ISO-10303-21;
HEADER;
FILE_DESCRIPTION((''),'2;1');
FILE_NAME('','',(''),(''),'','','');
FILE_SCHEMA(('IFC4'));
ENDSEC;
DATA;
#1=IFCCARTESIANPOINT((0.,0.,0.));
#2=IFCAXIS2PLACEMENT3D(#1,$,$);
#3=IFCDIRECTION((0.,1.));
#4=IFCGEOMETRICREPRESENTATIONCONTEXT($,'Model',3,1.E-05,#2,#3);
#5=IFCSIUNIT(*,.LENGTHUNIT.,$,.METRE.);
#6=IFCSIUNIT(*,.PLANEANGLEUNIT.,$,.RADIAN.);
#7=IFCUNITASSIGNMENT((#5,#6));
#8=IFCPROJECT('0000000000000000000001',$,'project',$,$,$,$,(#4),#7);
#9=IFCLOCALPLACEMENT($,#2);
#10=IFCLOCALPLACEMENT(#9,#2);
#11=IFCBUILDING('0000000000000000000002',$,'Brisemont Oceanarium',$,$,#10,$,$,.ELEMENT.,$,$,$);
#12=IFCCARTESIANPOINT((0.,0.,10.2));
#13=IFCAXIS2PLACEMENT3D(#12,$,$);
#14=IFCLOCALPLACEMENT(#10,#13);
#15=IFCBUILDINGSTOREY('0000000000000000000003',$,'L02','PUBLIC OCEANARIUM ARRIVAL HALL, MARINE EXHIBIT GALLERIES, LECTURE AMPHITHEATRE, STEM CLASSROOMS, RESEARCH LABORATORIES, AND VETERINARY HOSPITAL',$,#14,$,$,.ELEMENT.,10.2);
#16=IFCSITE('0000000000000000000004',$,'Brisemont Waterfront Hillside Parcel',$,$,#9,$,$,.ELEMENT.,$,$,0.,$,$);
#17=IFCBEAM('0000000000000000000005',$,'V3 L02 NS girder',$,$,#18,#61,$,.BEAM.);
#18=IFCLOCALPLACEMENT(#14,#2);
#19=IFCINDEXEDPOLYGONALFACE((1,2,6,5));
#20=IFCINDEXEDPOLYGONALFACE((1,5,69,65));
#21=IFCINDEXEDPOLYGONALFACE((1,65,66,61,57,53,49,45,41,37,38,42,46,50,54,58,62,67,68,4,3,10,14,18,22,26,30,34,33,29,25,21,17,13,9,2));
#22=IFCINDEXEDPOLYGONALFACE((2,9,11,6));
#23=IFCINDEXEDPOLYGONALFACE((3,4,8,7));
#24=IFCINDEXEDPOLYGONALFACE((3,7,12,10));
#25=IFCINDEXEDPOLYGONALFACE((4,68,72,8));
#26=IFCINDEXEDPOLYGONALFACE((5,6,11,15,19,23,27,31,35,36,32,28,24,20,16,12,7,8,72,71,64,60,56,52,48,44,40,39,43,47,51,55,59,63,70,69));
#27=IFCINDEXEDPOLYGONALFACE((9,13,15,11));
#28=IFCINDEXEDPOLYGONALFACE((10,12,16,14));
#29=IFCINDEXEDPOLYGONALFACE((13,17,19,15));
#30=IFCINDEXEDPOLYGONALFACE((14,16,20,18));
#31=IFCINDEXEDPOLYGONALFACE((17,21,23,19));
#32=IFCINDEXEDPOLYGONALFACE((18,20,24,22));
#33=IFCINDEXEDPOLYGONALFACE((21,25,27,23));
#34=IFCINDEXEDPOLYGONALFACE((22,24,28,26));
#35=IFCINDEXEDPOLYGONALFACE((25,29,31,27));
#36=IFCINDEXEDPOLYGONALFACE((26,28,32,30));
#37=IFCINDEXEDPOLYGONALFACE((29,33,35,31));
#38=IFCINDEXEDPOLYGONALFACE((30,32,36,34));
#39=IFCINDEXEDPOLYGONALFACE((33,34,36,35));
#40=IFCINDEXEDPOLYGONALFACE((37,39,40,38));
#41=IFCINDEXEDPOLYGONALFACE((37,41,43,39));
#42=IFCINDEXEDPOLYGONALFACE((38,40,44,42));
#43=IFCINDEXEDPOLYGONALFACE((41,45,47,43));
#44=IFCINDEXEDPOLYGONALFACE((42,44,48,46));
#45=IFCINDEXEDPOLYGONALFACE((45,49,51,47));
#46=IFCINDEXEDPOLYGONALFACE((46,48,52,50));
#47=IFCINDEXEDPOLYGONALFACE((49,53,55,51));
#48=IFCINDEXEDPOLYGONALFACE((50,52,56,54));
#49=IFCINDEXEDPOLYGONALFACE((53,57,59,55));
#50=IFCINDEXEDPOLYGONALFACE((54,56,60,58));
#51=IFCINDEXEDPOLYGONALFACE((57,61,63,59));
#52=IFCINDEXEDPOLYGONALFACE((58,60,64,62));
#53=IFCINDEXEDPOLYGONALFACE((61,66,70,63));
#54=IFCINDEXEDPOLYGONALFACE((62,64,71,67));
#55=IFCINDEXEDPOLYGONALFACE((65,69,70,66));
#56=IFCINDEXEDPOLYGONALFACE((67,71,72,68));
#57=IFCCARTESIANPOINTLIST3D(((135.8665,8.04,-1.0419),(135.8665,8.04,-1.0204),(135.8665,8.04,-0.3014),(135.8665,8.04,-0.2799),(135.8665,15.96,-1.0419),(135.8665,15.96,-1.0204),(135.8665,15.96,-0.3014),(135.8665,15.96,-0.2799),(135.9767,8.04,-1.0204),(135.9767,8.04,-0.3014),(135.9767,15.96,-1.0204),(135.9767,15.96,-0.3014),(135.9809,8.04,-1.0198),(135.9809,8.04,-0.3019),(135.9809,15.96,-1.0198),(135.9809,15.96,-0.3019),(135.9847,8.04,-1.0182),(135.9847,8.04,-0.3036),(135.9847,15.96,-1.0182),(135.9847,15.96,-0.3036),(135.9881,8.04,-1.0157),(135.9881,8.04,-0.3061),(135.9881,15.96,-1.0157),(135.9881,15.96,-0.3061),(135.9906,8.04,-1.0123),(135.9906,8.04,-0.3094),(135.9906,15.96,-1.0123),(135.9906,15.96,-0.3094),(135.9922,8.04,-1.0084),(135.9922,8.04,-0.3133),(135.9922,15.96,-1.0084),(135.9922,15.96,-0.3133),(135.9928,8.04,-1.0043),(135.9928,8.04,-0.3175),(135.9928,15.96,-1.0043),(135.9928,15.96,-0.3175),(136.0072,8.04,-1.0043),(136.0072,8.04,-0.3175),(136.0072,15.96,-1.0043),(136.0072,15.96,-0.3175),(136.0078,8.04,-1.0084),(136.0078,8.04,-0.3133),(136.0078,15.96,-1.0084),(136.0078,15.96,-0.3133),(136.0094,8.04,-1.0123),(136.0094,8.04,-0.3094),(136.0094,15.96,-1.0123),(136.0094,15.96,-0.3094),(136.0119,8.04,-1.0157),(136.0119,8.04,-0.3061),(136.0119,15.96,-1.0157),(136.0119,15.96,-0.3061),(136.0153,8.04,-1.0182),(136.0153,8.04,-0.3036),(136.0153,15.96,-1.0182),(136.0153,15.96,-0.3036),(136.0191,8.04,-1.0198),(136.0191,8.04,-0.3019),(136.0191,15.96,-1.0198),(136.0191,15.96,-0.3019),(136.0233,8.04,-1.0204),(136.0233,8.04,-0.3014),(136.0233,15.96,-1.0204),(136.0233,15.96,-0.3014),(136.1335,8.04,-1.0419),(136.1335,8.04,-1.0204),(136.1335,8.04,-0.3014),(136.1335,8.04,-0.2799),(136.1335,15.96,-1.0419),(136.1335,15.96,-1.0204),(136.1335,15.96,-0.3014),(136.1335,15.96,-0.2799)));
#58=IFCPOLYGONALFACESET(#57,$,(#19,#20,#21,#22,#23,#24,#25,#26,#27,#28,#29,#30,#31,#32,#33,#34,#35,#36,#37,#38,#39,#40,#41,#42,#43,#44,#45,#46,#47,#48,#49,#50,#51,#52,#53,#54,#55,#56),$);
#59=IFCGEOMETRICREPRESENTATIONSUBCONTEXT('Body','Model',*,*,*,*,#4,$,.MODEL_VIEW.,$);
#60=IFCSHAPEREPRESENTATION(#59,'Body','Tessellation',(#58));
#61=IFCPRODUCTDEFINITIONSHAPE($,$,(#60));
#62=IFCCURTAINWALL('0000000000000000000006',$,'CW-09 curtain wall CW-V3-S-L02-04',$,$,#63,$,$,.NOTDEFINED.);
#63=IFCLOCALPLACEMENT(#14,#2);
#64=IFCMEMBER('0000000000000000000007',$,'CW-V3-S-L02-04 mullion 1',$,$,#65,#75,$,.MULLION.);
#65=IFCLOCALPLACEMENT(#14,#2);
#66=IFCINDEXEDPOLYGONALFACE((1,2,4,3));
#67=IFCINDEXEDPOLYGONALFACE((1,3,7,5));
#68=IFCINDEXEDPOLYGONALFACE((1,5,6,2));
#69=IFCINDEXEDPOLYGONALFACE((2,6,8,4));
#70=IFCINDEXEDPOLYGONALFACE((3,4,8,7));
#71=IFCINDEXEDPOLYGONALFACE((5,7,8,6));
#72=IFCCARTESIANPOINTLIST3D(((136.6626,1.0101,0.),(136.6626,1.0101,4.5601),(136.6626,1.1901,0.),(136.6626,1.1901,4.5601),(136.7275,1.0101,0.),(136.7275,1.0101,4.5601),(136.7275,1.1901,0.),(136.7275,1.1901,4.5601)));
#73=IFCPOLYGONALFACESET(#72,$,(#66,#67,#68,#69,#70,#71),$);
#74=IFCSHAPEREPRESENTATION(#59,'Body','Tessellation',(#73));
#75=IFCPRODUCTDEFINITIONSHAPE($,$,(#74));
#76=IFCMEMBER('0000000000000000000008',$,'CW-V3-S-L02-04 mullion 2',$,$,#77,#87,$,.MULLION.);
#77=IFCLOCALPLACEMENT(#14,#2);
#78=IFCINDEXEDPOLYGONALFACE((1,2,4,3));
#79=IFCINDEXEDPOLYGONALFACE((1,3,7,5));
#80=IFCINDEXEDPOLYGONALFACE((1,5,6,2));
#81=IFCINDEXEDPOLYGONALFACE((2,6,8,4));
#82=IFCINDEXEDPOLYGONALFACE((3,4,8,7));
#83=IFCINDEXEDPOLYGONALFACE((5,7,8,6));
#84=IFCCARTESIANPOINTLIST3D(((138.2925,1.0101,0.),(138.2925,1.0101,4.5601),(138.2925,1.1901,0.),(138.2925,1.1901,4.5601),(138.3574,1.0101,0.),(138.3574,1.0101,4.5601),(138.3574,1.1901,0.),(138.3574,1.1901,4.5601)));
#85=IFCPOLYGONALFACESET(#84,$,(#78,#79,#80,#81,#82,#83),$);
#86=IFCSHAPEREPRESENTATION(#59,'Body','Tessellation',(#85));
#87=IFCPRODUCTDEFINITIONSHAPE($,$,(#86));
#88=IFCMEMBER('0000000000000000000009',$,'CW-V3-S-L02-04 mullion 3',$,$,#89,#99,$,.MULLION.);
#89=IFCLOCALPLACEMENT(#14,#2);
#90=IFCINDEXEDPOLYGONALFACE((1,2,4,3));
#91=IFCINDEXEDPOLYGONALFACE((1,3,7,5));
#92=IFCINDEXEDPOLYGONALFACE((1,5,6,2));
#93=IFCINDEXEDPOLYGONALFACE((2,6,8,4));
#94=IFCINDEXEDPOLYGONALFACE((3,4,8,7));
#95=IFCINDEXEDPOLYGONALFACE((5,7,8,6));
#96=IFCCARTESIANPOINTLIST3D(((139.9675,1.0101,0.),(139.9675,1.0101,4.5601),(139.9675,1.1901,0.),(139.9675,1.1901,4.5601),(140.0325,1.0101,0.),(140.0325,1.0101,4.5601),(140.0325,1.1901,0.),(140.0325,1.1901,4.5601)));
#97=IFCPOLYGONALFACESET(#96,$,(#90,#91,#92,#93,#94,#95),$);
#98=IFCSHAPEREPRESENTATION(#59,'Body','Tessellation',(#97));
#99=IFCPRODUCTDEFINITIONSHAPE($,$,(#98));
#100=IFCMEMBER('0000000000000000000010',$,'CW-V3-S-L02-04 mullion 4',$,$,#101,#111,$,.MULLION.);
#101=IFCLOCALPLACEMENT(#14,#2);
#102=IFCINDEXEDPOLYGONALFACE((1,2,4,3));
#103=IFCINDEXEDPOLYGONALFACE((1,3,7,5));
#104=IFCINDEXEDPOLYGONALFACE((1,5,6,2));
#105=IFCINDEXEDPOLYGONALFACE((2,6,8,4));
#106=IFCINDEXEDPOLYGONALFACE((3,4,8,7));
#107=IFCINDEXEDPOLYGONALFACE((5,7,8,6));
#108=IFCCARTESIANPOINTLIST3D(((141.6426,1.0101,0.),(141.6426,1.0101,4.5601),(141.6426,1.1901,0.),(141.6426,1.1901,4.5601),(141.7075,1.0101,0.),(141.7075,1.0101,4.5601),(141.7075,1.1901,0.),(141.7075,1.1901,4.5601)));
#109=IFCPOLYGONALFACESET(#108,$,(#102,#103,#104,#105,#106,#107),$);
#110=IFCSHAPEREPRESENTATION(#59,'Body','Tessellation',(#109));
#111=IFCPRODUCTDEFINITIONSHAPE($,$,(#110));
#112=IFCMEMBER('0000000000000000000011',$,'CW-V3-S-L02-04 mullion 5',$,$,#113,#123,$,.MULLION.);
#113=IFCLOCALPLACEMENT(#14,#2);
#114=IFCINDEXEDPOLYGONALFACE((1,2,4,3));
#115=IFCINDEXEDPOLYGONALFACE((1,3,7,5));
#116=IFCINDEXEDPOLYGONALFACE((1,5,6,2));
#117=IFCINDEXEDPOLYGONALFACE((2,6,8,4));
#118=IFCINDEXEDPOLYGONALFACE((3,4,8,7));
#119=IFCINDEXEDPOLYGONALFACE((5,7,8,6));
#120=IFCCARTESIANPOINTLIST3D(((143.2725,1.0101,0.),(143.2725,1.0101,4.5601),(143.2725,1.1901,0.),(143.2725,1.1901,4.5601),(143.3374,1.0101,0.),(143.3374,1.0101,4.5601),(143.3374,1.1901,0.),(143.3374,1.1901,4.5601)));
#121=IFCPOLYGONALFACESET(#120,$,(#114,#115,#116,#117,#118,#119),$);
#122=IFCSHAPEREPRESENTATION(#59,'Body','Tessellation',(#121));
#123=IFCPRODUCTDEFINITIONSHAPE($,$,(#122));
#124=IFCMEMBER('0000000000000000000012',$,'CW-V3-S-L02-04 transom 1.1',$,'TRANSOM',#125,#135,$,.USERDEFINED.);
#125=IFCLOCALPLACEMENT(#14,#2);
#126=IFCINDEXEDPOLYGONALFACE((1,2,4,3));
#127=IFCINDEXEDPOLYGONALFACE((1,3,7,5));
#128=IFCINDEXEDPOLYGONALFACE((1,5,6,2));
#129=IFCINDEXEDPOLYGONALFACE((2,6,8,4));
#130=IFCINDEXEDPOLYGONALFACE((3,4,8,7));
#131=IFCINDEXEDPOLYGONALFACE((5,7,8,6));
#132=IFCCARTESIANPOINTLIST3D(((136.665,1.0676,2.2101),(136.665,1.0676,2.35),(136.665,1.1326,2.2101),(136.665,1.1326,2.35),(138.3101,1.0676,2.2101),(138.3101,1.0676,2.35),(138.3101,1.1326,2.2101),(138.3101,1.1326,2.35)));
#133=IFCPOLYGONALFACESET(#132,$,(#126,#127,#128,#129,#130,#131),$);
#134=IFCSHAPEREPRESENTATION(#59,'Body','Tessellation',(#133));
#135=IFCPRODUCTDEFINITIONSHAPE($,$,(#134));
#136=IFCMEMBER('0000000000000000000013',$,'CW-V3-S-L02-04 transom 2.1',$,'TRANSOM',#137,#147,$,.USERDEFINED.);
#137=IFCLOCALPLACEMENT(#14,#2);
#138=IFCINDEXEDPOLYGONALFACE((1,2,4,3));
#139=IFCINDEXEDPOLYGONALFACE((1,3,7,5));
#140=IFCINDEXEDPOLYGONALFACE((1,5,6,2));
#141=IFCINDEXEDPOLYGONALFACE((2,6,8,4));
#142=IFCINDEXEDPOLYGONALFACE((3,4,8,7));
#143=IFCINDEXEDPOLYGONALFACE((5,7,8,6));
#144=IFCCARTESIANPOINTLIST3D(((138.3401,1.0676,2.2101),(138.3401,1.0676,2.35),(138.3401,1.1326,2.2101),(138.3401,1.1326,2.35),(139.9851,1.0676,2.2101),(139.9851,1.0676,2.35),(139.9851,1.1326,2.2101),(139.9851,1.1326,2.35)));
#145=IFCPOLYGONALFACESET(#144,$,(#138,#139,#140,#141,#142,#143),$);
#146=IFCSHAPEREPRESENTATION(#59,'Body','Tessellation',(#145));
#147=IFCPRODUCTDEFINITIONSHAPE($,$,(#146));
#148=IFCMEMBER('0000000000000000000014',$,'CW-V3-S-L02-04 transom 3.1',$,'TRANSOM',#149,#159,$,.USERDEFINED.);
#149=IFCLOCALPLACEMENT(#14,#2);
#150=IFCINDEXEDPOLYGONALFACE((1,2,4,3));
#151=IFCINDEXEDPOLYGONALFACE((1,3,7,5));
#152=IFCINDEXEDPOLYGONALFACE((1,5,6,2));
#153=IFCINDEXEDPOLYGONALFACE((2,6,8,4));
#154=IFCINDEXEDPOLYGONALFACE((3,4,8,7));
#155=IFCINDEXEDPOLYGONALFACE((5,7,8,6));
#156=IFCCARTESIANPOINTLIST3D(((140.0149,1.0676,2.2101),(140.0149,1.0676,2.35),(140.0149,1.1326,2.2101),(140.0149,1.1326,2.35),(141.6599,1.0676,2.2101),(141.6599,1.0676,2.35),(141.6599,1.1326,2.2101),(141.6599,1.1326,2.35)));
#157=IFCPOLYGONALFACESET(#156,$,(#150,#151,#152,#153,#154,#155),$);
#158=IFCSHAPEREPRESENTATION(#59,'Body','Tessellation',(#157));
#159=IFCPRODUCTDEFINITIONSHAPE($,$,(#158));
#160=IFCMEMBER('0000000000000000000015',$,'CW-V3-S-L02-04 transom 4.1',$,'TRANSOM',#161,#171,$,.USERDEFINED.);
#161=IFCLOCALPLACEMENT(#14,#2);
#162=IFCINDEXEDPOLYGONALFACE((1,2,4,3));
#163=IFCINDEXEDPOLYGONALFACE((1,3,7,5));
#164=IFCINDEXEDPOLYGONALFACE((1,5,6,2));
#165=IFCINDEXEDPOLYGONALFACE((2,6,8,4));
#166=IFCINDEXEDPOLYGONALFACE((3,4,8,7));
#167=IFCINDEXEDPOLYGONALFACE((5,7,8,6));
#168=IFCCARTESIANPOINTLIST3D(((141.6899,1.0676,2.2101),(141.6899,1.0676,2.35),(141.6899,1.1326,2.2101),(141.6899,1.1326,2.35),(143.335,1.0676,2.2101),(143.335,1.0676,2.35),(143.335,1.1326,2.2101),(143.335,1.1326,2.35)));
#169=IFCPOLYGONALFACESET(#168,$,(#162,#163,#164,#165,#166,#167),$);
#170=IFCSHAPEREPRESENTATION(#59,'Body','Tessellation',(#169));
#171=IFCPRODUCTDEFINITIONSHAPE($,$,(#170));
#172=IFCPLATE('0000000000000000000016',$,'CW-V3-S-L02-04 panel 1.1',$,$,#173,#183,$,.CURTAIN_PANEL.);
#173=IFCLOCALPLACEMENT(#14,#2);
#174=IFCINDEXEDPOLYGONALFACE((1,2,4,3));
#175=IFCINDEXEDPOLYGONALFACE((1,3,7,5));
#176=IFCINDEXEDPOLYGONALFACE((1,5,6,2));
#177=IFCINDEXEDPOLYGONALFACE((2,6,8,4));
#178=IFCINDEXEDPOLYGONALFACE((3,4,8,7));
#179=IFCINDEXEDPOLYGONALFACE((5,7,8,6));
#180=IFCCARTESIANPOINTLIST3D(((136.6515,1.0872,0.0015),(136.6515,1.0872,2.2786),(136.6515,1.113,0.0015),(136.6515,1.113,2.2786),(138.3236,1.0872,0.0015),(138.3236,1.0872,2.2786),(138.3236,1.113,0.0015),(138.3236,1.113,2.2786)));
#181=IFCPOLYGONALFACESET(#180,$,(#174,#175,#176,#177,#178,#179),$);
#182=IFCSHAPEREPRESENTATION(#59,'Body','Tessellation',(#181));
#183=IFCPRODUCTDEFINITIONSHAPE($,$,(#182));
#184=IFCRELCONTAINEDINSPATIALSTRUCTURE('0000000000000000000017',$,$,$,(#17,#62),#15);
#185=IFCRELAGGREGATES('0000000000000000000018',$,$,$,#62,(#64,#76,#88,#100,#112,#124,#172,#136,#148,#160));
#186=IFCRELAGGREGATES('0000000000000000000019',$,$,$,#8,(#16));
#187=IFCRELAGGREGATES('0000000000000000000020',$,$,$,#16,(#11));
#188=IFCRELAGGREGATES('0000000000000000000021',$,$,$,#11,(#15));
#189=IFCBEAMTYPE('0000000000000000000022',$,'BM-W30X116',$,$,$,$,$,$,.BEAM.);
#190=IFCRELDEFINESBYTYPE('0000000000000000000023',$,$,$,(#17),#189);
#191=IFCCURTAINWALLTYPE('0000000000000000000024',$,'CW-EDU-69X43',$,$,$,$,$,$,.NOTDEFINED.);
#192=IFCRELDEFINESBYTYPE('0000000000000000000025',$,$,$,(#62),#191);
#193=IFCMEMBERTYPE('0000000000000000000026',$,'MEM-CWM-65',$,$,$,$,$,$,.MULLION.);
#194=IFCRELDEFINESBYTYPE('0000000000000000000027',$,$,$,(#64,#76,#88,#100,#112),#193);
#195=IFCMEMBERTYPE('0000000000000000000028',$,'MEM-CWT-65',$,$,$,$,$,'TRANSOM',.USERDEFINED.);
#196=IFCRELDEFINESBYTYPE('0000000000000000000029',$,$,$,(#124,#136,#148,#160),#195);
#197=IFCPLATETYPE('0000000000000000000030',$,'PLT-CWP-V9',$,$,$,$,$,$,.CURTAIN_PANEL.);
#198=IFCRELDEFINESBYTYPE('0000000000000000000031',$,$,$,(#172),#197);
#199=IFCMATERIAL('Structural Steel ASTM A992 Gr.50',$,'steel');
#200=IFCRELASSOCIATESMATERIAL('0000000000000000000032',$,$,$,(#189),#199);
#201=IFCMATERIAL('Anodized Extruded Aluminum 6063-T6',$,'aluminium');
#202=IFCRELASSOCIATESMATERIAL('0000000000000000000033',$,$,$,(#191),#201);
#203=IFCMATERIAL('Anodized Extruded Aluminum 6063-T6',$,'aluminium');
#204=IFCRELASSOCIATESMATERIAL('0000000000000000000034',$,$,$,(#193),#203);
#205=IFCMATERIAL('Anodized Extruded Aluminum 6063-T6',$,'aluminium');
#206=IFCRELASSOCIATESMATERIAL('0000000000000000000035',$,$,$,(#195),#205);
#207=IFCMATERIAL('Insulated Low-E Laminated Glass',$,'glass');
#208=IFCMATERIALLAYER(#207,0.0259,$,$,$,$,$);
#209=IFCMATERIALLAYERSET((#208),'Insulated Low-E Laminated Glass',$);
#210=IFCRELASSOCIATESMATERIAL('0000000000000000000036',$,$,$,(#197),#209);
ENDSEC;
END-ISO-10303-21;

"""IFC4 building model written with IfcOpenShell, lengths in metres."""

from ifc_helpers import new_model, si_unit, direction, frame, origin, origin_2d, place, context, subcontext, project, spatial, rectangle, i_section, extrude, material, layer, layer_set, material_profile, profile_set, type_object, element, aggregate, save


model = new_model("IFC4")

# Units and contexts
model_context = context("Model", 3, precision=1e-05, world=origin(), true_north=direction((0.0, 1.0)))
body_context = subcontext(model_context, "Body", "Model", "MODEL_VIEW")
ifc_project = project(units=[si_unit("LENGTHUNIT", "METRE"), si_unit("PLANEANGLEUNIT", "RADIAN")], contexts=[model_context])

# Site, building, storey
site_placement = place(None, origin())
site = spatial("IfcSite", under=ifc_project, at=site_placement, Name="Brisemont Waterfront Hillside Parcel", CompositionType="ELEMENT", RefElevation=0.0)
building_placement = place(site_placement, origin())
building = spatial("IfcBuilding", under=site, at=building_placement, Name="Brisemont Oceanarium", CompositionType="ELEMENT")
storey_placement = place(building_placement, frame((0.0, 0.0, 10.2)))
storey = spatial("IfcBuildingStorey", under=building, at=storey_placement, Name="L02", Description="PUBLIC OCEANARIUM ARRIVAL HALL, MARINE EXHIBIT GALLERIES, LECTURE AMPHITHEATRE, STEM CLASSROOMS, RESEARCH LABORATORIES, AND VETERINARY HOSPITAL", CompositionType="ELEMENT", Elevation=10.2)

# Beam
ifc_material_1 = material(Name="Structural Steel ASTM A992 Gr.50", Category="steel")
ifc_material_profile_1 = material_profile(ifc_material_1, i_section(OverallWidth=0.2671, OverallDepth=0.762, WebThickness=0.0144, FlangeThickness=0.0215, FilletRadius=0.0161, at=origin_2d()), Name="W30X116")
ifc_profile_set_1 = profile_set([ifc_material_profile_1], Name="Structural Steel ASTM A992 Gr.50")
beam_type_1 = type_object("IfcBeamType", Name="BM-W30X116", PredefinedType="BEAM", material=ifc_profile_set_1)
beam_1_placement = place(storey_placement, frame((136.0, 8.04, -0.6609), z_axis=(0.0, 1.0, 0.0), x_axis=(-1.0, 0.0, 0.0)))
element("IfcBeam", 1, at=beam_1_placement, inside=storey, type_object=beam_type_1, Name="V3 L02 NS girder", PredefinedType="BEAM", context=body_context, shape_type="SweptSolid", body=[
    extrude(i_section(OverallWidth=0.2671, OverallDepth=0.762, WebThickness=0.0144, FlangeThickness=0.0215, FilletRadius=0.0161, at=origin_2d()), origin(), (0.0, 0.0, 1.0), 7.9199),
])

# Curtain wall, members, plate
ifc_material_2 = material(Name="Anodized Extruded Aluminum 6063-T6", Category="aluminium")
curtain_wall_type = type_object("IfcCurtainWallType", Name="CW-EDU-69X43", PredefinedType="NOTDEFINED", material=ifc_material_2)
curtain_wall_placement = place(storey_placement, origin())
curtain_wall = element("IfcCurtainWall", 2, at=curtain_wall_placement, inside=storey, type_object=curtain_wall_type, Name="CW-09 curtain wall CW-V3-S-L02-04", PredefinedType="NOTDEFINED")
ifc_material_3 = material(Name="Anodized Extruded Aluminum 6063-T6", Category="aluminium")
ifc_material_profile_2 = material_profile(ifc_material_3, rectangle(XDim=0.0649, YDim=0.1799, at=origin_2d()), Name="CWM-65X180")
ifc_profile_set_2 = profile_set([ifc_material_profile_2], Name="Anodized Extruded Aluminum 6063-T6")
member_type_1 = type_object("IfcMemberType", Name="MEM-CWM-65", PredefinedType="MULLION", material=ifc_profile_set_2)
member_1_placement = place(storey_placement, frame((136.6951, 1.1001, 0.0), z_axis=(0.0, 0.0, 1.0), x_axis=(1.0, 0.0, 0.0)))
member_1 = element("IfcMember", 3, at=member_1_placement, type_object=member_type_1, Name="CW-V3-S-L02-04 mullion 1", PredefinedType="MULLION", context=body_context, shape_type="SweptSolid", body=[
    extrude(rectangle(XDim=0.0649, YDim=0.1799, at=origin_2d()), origin(), (0.0, 0.0, 1.0), 4.5601),
])
member_2_placement = place(storey_placement, frame((138.325, 1.1001, 0.0), z_axis=(0.0, 0.0, 1.0), x_axis=(1.0, 0.0, 0.0)))
member_2 = element("IfcMember", 4, at=member_2_placement, type_object=member_type_1, Name="CW-V3-S-L02-04 mullion 2", PredefinedType="MULLION", context=body_context, shape_type="SweptSolid", body=[
    extrude(rectangle(XDim=0.0649, YDim=0.1799, at=origin_2d()), origin(), (0.0, 0.0, 1.0), 4.5601),
])
member_3_placement = place(storey_placement, frame((140.0, 1.1001, 0.0), z_axis=(0.0, 0.0, 1.0), x_axis=(1.0, 0.0, 0.0)))
member_3 = element("IfcMember", 5, at=member_3_placement, type_object=member_type_1, Name="CW-V3-S-L02-04 mullion 3", PredefinedType="MULLION", context=body_context, shape_type="SweptSolid", body=[
    extrude(rectangle(XDim=0.0649, YDim=0.1799, at=origin_2d()), origin(), (0.0, 0.0, 1.0), 4.5601),
])
member_4_placement = place(storey_placement, frame((141.675, 1.1001, 0.0), z_axis=(0.0, 0.0, 1.0), x_axis=(1.0, 0.0, 0.0)))
member_4 = element("IfcMember", 6, at=member_4_placement, type_object=member_type_1, Name="CW-V3-S-L02-04 mullion 4", PredefinedType="MULLION", context=body_context, shape_type="SweptSolid", body=[
    extrude(rectangle(XDim=0.0649, YDim=0.1799, at=origin_2d()), origin(), (0.0, 0.0, 1.0), 4.5601),
])
member_5_placement = place(storey_placement, frame((143.3049, 1.1001, 0.0), z_axis=(0.0, 0.0, 1.0), x_axis=(1.0, 0.0, 0.0)))
member_5 = element("IfcMember", 7, at=member_5_placement, type_object=member_type_1, Name="CW-V3-S-L02-04 mullion 5", PredefinedType="MULLION", context=body_context, shape_type="SweptSolid", body=[
    extrude(rectangle(XDim=0.0649, YDim=0.1799, at=origin_2d()), origin(), (0.0, 0.0, 1.0), 4.5601),
])
ifc_material_4 = material(Name="Anodized Extruded Aluminum 6063-T6", Category="aluminium")
ifc_material_profile_3 = material_profile(ifc_material_4, rectangle(XDim=0.0649, YDim=0.1399, at=origin_2d()), Name="CWT-65X140")
ifc_profile_set_3 = profile_set([ifc_material_profile_3], Name="Anodized Extruded Aluminum 6063-T6")
member_type_2 = type_object("IfcMemberType", Name="MEM-CWT-65", ElementType="TRANSOM", PredefinedType="USERDEFINED", material=ifc_profile_set_3)
member_6_placement = place(storey_placement, frame((136.665, 1.1001, 2.28), z_axis=(1.0, 0.0, 0.0), x_axis=(0.0, 1.0, 0.0)))
member_6 = element("IfcMember", 8, at=member_6_placement, type_object=member_type_2, Name="CW-V3-S-L02-04 transom 1.1", ObjectType="TRANSOM", PredefinedType="USERDEFINED", context=body_context, shape_type="SweptSolid", body=[
    extrude(rectangle(XDim=0.0649, YDim=0.1399, at=origin_2d()), origin(), (0.0, 0.0, 1.0), 1.645),
])
member_7_placement = place(storey_placement, frame((138.3401, 1.1001, 2.28), z_axis=(1.0, 0.0, 0.0), x_axis=(0.0, 1.0, 0.0)))
member_7 = element("IfcMember", 9, at=member_7_placement, type_object=member_type_2, Name="CW-V3-S-L02-04 transom 2.1", ObjectType="TRANSOM", PredefinedType="USERDEFINED", context=body_context, shape_type="SweptSolid", body=[
    extrude(rectangle(XDim=0.0649, YDim=0.1399, at=origin_2d()), origin(), (0.0, 0.0, 1.0), 1.645),
])
member_8_placement = place(storey_placement, frame((140.0149, 1.1001, 2.28), z_axis=(1.0, 0.0, 0.0), x_axis=(0.0, 1.0, 0.0)))
member_8 = element("IfcMember", 10, at=member_8_placement, type_object=member_type_2, Name="CW-V3-S-L02-04 transom 3.1", ObjectType="TRANSOM", PredefinedType="USERDEFINED", context=body_context, shape_type="SweptSolid", body=[
    extrude(rectangle(XDim=0.0649, YDim=0.1399, at=origin_2d()), origin(), (0.0, 0.0, 1.0), 1.645),
])
member_9_placement = place(storey_placement, frame((141.6899, 1.1001, 2.28), z_axis=(1.0, 0.0, 0.0), x_axis=(0.0, 1.0, 0.0)))
member_9 = element("IfcMember", 11, at=member_9_placement, type_object=member_type_2, Name="CW-V3-S-L02-04 transom 4.1", ObjectType="TRANSOM", PredefinedType="USERDEFINED", context=body_context, shape_type="SweptSolid", body=[
    extrude(rectangle(XDim=0.0649, YDim=0.1399, at=origin_2d()), origin(), (0.0, 0.0, 1.0), 1.645),
])
ifc_material_5 = material(Name="Insulated Low-E Laminated Glass", Category="glass")
ifc_layer = layer(ifc_material_5, 0.0259)
ifc_layer_set = layer_set([ifc_layer], Name="Insulated Low-E Laminated Glass")
plate_type = type_object("IfcPlateType", Name="PLT-CWP-V9", PredefinedType="CURTAIN_PANEL", material=ifc_layer_set)
plate_1_placement = place(storey_placement, frame((137.4875, 1.1001, 0.0015), z_axis=(0.0, 0.0, 1.0), x_axis=(1.0, 0.0, 0.0)))
plate_1 = element("IfcPlate", 12, at=plate_1_placement, type_object=plate_type, Name="CW-V3-S-L02-04 panel 1.1", PredefinedType="CURTAIN_PANEL", context=body_context, shape_type="SweptSolid", body=[
    extrude(rectangle(XDim=1.6721, YDim=0.0259, at=origin_2d()), origin(), (0.0, 0.0, 1.0), 2.2771),
])
aggregate(curtain_wall, [member_1, member_2, member_3, member_4, member_5, member_6, plate_1, member_7, member_8, member_9])

save(model, "model.ifc")
